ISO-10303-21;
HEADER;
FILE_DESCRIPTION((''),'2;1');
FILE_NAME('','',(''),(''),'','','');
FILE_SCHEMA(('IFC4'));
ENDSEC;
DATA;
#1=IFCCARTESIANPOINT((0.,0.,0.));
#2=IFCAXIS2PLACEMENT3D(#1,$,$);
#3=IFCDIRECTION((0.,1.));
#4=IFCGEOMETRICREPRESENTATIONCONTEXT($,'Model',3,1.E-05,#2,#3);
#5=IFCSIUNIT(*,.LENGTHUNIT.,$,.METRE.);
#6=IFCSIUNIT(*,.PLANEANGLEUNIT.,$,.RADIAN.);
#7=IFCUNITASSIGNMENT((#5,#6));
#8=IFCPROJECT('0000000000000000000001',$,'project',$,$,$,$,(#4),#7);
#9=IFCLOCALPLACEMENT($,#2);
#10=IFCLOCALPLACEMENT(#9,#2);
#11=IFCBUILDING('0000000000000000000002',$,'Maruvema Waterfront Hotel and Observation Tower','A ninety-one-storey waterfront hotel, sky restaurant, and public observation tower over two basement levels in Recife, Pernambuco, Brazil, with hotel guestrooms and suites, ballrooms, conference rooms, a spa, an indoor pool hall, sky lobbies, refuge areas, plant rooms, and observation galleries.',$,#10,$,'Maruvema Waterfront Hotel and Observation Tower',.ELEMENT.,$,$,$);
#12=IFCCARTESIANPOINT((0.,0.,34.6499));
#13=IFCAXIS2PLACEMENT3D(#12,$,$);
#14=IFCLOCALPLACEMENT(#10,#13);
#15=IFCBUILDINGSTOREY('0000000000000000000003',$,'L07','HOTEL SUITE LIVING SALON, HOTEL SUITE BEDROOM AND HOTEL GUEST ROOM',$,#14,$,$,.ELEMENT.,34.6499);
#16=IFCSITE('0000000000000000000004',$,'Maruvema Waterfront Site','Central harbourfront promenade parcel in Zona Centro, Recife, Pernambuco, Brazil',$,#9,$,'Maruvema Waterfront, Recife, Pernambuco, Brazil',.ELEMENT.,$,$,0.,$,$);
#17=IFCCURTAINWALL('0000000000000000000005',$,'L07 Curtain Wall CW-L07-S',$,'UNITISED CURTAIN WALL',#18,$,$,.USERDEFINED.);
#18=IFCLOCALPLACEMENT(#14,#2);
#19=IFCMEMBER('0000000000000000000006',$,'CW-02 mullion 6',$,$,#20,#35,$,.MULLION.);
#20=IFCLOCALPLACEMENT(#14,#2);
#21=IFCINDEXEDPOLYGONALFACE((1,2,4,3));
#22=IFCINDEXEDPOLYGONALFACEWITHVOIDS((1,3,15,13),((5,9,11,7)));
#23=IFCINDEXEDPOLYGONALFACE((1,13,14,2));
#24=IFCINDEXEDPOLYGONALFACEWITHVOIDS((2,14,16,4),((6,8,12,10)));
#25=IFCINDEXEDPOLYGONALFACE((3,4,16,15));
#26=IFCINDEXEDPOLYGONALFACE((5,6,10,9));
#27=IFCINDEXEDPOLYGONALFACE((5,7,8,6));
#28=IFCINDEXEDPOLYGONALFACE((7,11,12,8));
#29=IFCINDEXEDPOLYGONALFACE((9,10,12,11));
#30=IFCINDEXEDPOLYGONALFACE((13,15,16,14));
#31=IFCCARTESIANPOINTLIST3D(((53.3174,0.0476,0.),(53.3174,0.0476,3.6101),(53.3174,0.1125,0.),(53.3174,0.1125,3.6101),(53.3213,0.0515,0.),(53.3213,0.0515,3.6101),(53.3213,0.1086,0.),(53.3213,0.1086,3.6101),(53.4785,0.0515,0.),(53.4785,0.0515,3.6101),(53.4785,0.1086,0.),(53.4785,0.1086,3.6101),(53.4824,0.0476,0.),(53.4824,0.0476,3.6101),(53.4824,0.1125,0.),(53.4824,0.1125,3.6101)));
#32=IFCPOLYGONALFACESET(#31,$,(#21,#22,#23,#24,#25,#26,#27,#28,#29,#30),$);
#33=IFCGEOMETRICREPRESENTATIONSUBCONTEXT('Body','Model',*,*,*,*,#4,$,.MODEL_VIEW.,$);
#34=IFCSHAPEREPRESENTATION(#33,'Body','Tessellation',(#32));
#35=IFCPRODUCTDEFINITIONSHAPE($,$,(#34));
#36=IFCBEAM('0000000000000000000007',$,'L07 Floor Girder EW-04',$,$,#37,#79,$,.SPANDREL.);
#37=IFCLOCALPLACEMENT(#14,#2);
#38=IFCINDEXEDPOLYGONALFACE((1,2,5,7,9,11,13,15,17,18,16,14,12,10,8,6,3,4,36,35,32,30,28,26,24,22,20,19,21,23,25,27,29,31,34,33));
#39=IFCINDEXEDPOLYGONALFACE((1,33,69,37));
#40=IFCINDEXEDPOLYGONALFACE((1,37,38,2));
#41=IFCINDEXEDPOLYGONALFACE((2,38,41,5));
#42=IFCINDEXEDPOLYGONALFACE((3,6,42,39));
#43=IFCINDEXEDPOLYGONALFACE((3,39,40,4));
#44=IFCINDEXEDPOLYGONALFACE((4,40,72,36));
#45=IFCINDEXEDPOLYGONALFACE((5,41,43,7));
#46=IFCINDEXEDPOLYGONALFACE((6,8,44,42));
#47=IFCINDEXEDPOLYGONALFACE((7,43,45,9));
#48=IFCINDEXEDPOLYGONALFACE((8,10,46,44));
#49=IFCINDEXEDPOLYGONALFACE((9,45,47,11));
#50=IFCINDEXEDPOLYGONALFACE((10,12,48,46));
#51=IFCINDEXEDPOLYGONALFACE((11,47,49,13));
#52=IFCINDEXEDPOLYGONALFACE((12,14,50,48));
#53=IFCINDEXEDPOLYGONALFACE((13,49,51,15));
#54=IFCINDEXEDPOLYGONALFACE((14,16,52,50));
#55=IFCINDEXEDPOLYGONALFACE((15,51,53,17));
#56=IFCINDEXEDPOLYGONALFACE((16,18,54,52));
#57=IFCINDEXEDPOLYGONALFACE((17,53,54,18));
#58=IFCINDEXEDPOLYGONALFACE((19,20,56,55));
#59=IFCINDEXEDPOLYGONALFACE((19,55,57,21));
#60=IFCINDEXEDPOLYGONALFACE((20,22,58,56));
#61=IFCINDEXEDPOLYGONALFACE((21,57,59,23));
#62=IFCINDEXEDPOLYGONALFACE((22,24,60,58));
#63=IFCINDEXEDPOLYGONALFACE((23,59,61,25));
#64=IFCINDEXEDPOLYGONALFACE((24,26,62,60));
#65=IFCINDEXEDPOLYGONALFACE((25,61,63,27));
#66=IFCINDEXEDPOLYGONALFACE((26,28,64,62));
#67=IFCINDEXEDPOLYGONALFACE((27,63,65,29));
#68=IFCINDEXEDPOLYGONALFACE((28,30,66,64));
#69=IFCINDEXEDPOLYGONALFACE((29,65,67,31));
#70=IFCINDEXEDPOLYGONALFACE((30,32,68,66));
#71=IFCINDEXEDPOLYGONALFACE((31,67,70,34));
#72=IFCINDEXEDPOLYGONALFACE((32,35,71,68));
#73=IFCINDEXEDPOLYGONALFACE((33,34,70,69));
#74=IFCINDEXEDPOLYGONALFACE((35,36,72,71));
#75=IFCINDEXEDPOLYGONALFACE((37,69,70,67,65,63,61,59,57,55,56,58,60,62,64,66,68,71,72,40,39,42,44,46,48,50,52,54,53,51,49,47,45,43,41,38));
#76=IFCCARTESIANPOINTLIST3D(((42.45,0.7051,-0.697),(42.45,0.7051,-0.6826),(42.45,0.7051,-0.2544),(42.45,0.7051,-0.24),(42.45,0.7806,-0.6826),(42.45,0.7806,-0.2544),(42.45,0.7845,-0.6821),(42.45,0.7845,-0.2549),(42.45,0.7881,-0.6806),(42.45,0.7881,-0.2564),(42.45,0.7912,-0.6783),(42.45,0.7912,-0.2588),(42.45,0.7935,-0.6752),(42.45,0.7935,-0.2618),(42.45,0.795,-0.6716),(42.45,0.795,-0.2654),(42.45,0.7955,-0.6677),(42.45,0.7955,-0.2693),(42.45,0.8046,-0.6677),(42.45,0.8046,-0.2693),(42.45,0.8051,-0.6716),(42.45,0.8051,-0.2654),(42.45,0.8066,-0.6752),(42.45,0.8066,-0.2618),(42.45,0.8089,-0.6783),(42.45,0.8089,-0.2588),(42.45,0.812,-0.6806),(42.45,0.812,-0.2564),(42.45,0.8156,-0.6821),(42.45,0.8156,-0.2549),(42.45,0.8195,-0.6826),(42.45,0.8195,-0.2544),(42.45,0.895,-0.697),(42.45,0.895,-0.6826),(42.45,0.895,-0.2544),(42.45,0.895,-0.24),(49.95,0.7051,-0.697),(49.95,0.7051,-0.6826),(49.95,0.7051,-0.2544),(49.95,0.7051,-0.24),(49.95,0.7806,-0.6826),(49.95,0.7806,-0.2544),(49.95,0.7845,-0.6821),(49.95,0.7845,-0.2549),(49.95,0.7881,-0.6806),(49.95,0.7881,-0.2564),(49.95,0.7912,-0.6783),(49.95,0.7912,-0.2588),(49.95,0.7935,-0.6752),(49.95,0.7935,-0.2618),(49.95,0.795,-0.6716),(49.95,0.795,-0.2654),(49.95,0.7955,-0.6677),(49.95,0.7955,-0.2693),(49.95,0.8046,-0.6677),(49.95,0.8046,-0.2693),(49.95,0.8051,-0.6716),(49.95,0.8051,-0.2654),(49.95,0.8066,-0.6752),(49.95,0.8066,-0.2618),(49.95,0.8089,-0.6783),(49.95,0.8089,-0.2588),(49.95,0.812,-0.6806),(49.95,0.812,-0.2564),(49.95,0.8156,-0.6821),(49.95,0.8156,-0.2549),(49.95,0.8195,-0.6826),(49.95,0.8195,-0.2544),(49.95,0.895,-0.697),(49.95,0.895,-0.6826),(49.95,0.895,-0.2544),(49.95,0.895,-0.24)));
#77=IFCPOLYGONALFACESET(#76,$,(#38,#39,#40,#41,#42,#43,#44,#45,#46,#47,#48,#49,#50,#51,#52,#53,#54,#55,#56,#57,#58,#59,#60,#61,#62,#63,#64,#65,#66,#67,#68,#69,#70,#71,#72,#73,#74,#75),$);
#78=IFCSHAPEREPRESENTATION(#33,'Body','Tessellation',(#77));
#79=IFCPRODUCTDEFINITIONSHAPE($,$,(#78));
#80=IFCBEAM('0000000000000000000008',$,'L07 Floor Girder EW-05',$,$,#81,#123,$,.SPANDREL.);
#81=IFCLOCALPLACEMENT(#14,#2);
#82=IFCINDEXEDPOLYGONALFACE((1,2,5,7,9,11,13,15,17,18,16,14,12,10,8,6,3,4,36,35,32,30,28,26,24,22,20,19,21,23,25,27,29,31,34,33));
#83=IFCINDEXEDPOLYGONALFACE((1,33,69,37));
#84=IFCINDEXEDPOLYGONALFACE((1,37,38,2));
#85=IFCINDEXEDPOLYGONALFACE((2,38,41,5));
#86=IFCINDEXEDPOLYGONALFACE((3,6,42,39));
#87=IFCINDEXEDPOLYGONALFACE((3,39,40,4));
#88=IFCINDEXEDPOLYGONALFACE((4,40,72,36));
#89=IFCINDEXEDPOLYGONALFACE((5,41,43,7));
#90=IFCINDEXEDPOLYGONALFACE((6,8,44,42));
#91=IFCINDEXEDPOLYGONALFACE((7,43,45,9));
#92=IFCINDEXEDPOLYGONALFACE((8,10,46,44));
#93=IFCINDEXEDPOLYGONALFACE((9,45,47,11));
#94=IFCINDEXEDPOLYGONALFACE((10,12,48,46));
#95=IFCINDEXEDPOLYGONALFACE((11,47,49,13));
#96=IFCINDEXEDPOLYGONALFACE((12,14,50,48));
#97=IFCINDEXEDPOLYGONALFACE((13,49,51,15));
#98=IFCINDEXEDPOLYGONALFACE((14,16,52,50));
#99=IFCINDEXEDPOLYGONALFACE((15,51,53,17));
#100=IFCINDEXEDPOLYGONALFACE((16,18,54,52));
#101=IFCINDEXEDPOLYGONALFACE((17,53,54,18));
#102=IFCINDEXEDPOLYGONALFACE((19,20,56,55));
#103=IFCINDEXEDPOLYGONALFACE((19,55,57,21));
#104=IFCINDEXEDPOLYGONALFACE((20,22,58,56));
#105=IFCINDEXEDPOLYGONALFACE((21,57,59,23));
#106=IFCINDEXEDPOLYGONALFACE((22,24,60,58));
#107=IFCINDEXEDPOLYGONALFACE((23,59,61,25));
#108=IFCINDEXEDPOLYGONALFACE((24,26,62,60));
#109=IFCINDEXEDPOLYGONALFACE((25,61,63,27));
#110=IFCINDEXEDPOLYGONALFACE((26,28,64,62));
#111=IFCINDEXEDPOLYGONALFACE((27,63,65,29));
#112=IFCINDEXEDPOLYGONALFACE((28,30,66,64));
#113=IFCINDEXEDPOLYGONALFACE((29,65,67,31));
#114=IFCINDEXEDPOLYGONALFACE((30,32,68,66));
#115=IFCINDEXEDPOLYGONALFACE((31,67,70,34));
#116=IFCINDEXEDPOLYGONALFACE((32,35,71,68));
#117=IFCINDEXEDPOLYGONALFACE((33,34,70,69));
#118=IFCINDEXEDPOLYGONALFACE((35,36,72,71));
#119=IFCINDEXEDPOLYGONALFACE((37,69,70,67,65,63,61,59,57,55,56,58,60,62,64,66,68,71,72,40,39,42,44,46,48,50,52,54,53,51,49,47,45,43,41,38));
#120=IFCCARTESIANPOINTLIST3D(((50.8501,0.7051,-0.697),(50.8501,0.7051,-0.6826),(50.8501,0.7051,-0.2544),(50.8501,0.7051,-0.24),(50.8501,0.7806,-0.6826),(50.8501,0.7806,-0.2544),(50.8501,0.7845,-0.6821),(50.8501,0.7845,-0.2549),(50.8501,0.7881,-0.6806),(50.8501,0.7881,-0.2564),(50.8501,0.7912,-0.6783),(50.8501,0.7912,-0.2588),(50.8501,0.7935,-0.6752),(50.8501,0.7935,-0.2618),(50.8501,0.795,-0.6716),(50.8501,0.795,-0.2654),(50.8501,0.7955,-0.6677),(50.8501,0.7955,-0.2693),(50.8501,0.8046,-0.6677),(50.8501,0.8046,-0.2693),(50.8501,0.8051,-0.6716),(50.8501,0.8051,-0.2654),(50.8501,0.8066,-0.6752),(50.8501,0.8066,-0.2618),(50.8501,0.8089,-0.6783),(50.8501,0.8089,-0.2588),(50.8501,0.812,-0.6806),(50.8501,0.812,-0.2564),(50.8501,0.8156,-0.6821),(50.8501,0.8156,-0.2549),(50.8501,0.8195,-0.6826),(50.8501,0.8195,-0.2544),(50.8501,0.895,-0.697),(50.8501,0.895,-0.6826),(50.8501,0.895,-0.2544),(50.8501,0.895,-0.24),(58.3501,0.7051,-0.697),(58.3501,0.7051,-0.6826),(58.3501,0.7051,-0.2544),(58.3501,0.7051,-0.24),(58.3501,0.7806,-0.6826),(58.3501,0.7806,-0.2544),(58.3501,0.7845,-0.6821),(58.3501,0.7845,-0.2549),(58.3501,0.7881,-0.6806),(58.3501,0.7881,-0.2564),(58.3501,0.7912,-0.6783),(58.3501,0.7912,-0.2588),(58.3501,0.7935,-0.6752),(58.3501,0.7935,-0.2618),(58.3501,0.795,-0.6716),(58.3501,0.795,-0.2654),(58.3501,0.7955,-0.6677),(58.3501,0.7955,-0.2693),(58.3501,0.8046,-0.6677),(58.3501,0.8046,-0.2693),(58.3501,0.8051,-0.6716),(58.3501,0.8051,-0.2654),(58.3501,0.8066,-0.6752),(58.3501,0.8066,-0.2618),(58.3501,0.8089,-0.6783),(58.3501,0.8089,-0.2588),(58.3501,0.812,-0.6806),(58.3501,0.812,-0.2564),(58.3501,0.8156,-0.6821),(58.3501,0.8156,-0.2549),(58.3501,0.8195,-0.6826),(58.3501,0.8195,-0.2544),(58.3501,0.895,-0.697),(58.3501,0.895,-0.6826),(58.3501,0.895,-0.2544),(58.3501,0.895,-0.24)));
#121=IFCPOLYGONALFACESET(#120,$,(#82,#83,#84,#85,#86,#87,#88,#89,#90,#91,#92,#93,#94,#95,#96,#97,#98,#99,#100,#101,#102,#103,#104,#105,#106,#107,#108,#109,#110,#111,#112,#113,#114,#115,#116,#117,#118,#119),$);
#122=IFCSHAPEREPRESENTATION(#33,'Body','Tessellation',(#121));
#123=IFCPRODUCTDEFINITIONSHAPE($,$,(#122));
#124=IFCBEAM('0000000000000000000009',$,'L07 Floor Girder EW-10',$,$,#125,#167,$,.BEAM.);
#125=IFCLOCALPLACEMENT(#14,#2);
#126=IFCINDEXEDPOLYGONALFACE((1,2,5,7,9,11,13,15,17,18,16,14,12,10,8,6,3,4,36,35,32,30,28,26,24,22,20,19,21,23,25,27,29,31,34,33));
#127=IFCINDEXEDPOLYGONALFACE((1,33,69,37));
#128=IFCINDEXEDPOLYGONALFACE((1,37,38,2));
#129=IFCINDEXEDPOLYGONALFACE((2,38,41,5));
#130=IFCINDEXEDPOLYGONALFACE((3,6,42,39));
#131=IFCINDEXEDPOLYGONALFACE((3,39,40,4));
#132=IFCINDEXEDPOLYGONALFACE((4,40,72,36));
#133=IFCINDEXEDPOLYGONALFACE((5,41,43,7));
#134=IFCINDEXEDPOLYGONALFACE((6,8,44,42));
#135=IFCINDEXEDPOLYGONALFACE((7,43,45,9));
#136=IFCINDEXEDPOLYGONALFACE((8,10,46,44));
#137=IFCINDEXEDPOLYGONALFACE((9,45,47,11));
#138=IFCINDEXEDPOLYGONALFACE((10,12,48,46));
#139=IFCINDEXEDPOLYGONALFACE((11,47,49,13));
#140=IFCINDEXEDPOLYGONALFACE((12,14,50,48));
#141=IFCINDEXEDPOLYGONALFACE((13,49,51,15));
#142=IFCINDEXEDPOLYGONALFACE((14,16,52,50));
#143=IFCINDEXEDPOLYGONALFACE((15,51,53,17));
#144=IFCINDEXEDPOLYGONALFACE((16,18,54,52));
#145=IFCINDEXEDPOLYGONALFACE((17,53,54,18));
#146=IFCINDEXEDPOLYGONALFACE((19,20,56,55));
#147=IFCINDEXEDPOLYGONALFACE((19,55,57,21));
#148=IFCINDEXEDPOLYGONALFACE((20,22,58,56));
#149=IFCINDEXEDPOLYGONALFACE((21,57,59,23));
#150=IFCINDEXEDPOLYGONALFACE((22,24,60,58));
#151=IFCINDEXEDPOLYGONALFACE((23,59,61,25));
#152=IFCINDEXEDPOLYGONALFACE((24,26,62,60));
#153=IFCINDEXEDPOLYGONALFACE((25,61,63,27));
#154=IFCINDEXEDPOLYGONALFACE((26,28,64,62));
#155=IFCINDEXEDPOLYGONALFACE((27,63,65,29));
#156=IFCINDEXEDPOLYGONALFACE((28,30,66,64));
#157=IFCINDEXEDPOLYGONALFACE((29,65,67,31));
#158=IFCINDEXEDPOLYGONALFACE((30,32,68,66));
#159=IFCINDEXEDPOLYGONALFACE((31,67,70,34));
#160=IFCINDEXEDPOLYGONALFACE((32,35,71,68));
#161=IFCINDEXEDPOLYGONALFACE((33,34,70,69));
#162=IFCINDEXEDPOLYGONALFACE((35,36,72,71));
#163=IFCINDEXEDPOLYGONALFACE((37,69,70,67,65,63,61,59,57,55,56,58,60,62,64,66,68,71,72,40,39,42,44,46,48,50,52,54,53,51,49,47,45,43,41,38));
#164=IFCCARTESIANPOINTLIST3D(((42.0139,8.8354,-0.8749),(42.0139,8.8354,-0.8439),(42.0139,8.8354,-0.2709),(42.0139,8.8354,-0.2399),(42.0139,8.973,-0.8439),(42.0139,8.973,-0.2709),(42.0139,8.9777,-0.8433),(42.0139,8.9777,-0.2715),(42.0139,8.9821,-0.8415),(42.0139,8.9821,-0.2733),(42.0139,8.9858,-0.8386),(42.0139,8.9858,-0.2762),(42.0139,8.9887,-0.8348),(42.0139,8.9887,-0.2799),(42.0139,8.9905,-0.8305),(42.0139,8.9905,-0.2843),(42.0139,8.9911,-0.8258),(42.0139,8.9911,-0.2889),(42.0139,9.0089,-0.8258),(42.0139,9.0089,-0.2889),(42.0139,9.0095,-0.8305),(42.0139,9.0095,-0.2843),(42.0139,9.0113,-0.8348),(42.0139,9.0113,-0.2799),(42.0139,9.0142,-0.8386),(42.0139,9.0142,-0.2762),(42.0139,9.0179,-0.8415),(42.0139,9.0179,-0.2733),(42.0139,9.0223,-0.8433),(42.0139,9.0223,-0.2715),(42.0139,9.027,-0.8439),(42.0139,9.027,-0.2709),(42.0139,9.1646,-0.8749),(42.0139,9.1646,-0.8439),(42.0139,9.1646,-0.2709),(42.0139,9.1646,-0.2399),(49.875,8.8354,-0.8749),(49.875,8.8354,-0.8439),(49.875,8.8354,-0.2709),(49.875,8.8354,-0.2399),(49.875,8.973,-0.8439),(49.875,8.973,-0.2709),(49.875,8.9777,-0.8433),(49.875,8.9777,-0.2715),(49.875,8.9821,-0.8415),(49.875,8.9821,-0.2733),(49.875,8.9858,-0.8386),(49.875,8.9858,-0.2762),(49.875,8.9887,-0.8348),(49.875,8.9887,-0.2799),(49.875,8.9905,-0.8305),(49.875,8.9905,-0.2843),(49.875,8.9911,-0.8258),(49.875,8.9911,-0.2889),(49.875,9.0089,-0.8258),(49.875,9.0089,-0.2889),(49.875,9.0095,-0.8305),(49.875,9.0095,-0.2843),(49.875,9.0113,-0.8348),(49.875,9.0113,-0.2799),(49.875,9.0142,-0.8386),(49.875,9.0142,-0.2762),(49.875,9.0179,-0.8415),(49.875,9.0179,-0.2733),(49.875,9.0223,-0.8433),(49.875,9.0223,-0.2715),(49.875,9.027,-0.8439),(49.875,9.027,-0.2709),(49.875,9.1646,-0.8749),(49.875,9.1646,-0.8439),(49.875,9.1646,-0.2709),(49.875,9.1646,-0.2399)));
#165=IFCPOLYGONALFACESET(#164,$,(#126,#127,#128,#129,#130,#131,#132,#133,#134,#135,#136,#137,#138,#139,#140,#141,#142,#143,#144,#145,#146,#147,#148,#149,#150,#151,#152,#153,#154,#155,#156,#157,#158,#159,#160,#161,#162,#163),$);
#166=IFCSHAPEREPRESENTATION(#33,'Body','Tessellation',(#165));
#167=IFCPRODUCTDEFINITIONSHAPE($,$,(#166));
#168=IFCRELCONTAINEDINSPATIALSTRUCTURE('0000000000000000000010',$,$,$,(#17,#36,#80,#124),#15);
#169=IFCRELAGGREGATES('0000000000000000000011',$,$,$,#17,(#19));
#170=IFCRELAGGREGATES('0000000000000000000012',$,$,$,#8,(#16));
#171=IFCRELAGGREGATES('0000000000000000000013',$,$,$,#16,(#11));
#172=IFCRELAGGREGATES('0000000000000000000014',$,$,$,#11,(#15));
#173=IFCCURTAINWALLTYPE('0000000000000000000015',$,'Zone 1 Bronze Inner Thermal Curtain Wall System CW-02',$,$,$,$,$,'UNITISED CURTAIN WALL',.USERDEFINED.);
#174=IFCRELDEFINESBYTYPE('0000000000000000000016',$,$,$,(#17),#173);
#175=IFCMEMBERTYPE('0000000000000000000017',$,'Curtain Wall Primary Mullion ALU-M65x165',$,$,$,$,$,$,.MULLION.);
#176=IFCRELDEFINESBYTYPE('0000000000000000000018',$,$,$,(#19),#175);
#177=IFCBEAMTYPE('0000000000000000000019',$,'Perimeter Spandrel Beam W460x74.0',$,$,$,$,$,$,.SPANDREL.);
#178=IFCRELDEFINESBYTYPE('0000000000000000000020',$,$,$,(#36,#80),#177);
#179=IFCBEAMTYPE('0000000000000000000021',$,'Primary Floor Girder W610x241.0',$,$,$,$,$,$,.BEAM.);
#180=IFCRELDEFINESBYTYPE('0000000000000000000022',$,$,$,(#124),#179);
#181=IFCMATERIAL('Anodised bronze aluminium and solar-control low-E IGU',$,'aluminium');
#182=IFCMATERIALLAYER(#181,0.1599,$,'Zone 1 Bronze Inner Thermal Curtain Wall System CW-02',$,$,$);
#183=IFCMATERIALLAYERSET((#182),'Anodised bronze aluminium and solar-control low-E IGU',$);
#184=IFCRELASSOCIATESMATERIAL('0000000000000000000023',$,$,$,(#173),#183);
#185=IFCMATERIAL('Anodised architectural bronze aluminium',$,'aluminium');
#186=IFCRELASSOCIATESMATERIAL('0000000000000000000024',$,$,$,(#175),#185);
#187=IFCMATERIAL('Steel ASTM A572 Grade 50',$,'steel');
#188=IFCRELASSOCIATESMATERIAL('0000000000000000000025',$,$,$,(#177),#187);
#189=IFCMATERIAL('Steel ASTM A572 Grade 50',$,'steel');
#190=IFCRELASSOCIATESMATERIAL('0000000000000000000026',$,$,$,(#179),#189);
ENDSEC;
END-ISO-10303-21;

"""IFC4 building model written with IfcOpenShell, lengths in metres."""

from ifc_helpers import new_model, si_unit, direction, frame, origin, origin_2d, place, context, subcontext, project, spatial, hollow_rectangle, i_section, extrude, material, layer, layer_set, material_profile, profile_set, type_object, element, aggregate, save


model = new_model("IFC4")

# Units and contexts
model_context = context("Model", 3, precision=1e-05, world=origin(), true_north=direction((0.0, 1.0)))
body_context = subcontext(model_context, "Body", "Model", "MODEL_VIEW")
ifc_project = project(units=[si_unit("LENGTHUNIT", "METRE"), si_unit("PLANEANGLEUNIT", "RADIAN")], contexts=[model_context])

# Site, building, storey
site_placement = place(None, origin())
site = spatial("IfcSite", under=ifc_project, at=site_placement, Name="Maruvema Waterfront Site", Description="Central harbourfront promenade parcel in Zona Centro, Recife, Pernambuco, Brazil", LongName="Maruvema Waterfront, Recife, Pernambuco, Brazil", CompositionType="ELEMENT", RefElevation=0.0)
building_placement = place(site_placement, origin())
building = spatial("IfcBuilding", under=site, at=building_placement, Name="Maruvema Waterfront Hotel and Observation Tower", Description="A ninety-one-storey waterfront hotel, sky restaurant, and public observation tower over two basement levels in Recife, Pernambuco, Brazil, with hotel guestrooms and suites, ballrooms, conference rooms, a spa, an indoor pool hall, sky lobbies, refuge areas, plant rooms, and observation galleries.", LongName="Maruvema Waterfront Hotel and Observation Tower", CompositionType="ELEMENT")
storey_placement = place(building_placement, frame((0.0, 0.0, 34.6499)))
storey = spatial("IfcBuildingStorey", under=building, at=storey_placement, Name="L07", Description="HOTEL SUITE LIVING SALON, HOTEL SUITE BEDROOM AND HOTEL GUEST ROOM", CompositionType="ELEMENT", Elevation=34.6499)

# Curtain wall, member
ifc_material_1 = material(Name="Anodised bronze aluminium and solar-control low-E IGU", Category="aluminium")
ifc_layer_1 = layer(ifc_material_1, 0.1599, Name="Zone 1 Bronze Inner Thermal Curtain Wall System CW-02")
ifc_layer_set_1 = layer_set([ifc_layer_1], Name="Anodised bronze aluminium and solar-control low-E IGU")
curtain_wall_type = type_object("IfcCurtainWallType", Name="Zone 1 Bronze Inner Thermal Curtain Wall System CW-02", ElementType="UNITISED CURTAIN WALL", PredefinedType="USERDEFINED", material=ifc_layer_set_1)
curtain_wall_placement = place(storey_placement, origin())
curtain_wall = element("IfcCurtainWall", 1, at=curtain_wall_placement, inside=storey, type_object=curtain_wall_type, Name="L07 Curtain Wall CW-L07-S", ObjectType="UNITISED CURTAIN WALL", PredefinedType="USERDEFINED")
ifc_material_2 = material(Name="Anodised architectural bronze aluminium", Category="aluminium")
ifc_material_profile_1 = material_profile(ifc_material_2, hollow_rectangle(XDim=0.0649, YDim=0.165, WallThickness=0.0039, at=origin_2d()), Name="ALU-M65x165")
ifc_profile_set_1 = profile_set([ifc_material_profile_1], Name="Anodised architectural bronze aluminium")
member_type_1 = type_object("IfcMemberType", Name="Curtain Wall Primary Mullion ALU-M65x165", PredefinedType="MULLION", material=ifc_profile_set_1)
member_1_placement = place(storey_placement, frame((53.3999, 0.0801, 0.0), z_axis=(0.0, 0.0, 1.0), x_axis=(0.0, 1.0, 0.0)))
member_1 = element("IfcMember", 2, at=member_1_placement, type_object=member_type_1, Name="CW-02 mullion 6", PredefinedType="MULLION", context=body_context, shape_type="SweptSolid", body=[
    extrude(hollow_rectangle(XDim=0.0649, YDim=0.165, WallThickness=0.0039, at=origin_2d()), origin(), (0.0, 0.0, 1.0), 3.6101),
])

# Beams
ifc_material_3 = material(Name="Steel ASTM A572 Grade 50", Category="steel")
ifc_material_profile_2 = material_profile(ifc_material_3, i_section(OverallWidth=0.1899, OverallDepth=0.457, WebThickness=0.009, FlangeThickness=0.0144, FilletRadius=0.0149, at=origin_2d()), Name="W460x74.0")
ifc_profile_set_2 = profile_set([ifc_material_profile_2], Name="Steel ASTM A572 Grade 50")
beam_type_1 = type_object("IfcBeamType", Name="Perimeter Spandrel Beam W460x74.0", PredefinedType="SPANDREL", material=ifc_profile_set_2)
for number, where, z_axis, x_axis, name in (
    (3, (42.45, 0.8, -0.4685), (1.0, 0.0, 0.0), (0.0, 1.0, 0.0), "L07 Floor Girder EW-04"),
    (4, (50.8501, 0.8, -0.4685), (1.0, 0.0, 0.0), (0.0, 1.0, 0.0), "L07 Floor Girder EW-05"),
):
    element("IfcBeam", number, at=place(storey_placement, frame(where, z_axis=z_axis, x_axis=x_axis)), inside=storey, type_object=beam_type_1, Name=name, PredefinedType="SPANDREL", context=body_context, shape_type="SweptSolid", body=[
        extrude(i_section(OverallWidth=0.1899, OverallDepth=0.457, WebThickness=0.009, FlangeThickness=0.0144, FilletRadius=0.0149, at=origin_2d()), origin(), (0.0, 0.0, 1.0), 7.5),
    ])
ifc_material_4 = material(Name="Steel ASTM A572 Grade 50", Category="steel")
ifc_material_profile_3 = material_profile(ifc_material_4, i_section(OverallWidth=0.3291, OverallDepth=0.635, WebThickness=0.0178, FlangeThickness=0.031, FilletRadius=0.0181, at=origin_2d()), Name="W610x241.0")
ifc_profile_set_3 = profile_set([ifc_material_profile_3], Name="Steel ASTM A572 Grade 50")
beam_type_2 = type_object("IfcBeamType", Name="Primary Floor Girder W610x241.0", PredefinedType="BEAM", material=ifc_profile_set_3)
beam_1_placement = place(storey_placement, frame((42.0139, 9.0, -0.5574), z_axis=(1.0, 0.0, 0.0), x_axis=(0.0, 1.0, 0.0)))
element("IfcBeam", 5, at=beam_1_placement, inside=storey, type_object=beam_type_2, Name="L07 Floor Girder EW-10", PredefinedType="BEAM", context=body_context, shape_type="SweptSolid", body=[
    extrude(i_section(OverallWidth=0.3291, OverallDepth=0.635, WebThickness=0.0178, FlangeThickness=0.031, FilletRadius=0.0181, at=origin_2d()), origin(), (0.0, 0.0, 1.0), 7.8611),
])

aggregate(curtain_wall, [member_1])

save(model, "model.ifc")
